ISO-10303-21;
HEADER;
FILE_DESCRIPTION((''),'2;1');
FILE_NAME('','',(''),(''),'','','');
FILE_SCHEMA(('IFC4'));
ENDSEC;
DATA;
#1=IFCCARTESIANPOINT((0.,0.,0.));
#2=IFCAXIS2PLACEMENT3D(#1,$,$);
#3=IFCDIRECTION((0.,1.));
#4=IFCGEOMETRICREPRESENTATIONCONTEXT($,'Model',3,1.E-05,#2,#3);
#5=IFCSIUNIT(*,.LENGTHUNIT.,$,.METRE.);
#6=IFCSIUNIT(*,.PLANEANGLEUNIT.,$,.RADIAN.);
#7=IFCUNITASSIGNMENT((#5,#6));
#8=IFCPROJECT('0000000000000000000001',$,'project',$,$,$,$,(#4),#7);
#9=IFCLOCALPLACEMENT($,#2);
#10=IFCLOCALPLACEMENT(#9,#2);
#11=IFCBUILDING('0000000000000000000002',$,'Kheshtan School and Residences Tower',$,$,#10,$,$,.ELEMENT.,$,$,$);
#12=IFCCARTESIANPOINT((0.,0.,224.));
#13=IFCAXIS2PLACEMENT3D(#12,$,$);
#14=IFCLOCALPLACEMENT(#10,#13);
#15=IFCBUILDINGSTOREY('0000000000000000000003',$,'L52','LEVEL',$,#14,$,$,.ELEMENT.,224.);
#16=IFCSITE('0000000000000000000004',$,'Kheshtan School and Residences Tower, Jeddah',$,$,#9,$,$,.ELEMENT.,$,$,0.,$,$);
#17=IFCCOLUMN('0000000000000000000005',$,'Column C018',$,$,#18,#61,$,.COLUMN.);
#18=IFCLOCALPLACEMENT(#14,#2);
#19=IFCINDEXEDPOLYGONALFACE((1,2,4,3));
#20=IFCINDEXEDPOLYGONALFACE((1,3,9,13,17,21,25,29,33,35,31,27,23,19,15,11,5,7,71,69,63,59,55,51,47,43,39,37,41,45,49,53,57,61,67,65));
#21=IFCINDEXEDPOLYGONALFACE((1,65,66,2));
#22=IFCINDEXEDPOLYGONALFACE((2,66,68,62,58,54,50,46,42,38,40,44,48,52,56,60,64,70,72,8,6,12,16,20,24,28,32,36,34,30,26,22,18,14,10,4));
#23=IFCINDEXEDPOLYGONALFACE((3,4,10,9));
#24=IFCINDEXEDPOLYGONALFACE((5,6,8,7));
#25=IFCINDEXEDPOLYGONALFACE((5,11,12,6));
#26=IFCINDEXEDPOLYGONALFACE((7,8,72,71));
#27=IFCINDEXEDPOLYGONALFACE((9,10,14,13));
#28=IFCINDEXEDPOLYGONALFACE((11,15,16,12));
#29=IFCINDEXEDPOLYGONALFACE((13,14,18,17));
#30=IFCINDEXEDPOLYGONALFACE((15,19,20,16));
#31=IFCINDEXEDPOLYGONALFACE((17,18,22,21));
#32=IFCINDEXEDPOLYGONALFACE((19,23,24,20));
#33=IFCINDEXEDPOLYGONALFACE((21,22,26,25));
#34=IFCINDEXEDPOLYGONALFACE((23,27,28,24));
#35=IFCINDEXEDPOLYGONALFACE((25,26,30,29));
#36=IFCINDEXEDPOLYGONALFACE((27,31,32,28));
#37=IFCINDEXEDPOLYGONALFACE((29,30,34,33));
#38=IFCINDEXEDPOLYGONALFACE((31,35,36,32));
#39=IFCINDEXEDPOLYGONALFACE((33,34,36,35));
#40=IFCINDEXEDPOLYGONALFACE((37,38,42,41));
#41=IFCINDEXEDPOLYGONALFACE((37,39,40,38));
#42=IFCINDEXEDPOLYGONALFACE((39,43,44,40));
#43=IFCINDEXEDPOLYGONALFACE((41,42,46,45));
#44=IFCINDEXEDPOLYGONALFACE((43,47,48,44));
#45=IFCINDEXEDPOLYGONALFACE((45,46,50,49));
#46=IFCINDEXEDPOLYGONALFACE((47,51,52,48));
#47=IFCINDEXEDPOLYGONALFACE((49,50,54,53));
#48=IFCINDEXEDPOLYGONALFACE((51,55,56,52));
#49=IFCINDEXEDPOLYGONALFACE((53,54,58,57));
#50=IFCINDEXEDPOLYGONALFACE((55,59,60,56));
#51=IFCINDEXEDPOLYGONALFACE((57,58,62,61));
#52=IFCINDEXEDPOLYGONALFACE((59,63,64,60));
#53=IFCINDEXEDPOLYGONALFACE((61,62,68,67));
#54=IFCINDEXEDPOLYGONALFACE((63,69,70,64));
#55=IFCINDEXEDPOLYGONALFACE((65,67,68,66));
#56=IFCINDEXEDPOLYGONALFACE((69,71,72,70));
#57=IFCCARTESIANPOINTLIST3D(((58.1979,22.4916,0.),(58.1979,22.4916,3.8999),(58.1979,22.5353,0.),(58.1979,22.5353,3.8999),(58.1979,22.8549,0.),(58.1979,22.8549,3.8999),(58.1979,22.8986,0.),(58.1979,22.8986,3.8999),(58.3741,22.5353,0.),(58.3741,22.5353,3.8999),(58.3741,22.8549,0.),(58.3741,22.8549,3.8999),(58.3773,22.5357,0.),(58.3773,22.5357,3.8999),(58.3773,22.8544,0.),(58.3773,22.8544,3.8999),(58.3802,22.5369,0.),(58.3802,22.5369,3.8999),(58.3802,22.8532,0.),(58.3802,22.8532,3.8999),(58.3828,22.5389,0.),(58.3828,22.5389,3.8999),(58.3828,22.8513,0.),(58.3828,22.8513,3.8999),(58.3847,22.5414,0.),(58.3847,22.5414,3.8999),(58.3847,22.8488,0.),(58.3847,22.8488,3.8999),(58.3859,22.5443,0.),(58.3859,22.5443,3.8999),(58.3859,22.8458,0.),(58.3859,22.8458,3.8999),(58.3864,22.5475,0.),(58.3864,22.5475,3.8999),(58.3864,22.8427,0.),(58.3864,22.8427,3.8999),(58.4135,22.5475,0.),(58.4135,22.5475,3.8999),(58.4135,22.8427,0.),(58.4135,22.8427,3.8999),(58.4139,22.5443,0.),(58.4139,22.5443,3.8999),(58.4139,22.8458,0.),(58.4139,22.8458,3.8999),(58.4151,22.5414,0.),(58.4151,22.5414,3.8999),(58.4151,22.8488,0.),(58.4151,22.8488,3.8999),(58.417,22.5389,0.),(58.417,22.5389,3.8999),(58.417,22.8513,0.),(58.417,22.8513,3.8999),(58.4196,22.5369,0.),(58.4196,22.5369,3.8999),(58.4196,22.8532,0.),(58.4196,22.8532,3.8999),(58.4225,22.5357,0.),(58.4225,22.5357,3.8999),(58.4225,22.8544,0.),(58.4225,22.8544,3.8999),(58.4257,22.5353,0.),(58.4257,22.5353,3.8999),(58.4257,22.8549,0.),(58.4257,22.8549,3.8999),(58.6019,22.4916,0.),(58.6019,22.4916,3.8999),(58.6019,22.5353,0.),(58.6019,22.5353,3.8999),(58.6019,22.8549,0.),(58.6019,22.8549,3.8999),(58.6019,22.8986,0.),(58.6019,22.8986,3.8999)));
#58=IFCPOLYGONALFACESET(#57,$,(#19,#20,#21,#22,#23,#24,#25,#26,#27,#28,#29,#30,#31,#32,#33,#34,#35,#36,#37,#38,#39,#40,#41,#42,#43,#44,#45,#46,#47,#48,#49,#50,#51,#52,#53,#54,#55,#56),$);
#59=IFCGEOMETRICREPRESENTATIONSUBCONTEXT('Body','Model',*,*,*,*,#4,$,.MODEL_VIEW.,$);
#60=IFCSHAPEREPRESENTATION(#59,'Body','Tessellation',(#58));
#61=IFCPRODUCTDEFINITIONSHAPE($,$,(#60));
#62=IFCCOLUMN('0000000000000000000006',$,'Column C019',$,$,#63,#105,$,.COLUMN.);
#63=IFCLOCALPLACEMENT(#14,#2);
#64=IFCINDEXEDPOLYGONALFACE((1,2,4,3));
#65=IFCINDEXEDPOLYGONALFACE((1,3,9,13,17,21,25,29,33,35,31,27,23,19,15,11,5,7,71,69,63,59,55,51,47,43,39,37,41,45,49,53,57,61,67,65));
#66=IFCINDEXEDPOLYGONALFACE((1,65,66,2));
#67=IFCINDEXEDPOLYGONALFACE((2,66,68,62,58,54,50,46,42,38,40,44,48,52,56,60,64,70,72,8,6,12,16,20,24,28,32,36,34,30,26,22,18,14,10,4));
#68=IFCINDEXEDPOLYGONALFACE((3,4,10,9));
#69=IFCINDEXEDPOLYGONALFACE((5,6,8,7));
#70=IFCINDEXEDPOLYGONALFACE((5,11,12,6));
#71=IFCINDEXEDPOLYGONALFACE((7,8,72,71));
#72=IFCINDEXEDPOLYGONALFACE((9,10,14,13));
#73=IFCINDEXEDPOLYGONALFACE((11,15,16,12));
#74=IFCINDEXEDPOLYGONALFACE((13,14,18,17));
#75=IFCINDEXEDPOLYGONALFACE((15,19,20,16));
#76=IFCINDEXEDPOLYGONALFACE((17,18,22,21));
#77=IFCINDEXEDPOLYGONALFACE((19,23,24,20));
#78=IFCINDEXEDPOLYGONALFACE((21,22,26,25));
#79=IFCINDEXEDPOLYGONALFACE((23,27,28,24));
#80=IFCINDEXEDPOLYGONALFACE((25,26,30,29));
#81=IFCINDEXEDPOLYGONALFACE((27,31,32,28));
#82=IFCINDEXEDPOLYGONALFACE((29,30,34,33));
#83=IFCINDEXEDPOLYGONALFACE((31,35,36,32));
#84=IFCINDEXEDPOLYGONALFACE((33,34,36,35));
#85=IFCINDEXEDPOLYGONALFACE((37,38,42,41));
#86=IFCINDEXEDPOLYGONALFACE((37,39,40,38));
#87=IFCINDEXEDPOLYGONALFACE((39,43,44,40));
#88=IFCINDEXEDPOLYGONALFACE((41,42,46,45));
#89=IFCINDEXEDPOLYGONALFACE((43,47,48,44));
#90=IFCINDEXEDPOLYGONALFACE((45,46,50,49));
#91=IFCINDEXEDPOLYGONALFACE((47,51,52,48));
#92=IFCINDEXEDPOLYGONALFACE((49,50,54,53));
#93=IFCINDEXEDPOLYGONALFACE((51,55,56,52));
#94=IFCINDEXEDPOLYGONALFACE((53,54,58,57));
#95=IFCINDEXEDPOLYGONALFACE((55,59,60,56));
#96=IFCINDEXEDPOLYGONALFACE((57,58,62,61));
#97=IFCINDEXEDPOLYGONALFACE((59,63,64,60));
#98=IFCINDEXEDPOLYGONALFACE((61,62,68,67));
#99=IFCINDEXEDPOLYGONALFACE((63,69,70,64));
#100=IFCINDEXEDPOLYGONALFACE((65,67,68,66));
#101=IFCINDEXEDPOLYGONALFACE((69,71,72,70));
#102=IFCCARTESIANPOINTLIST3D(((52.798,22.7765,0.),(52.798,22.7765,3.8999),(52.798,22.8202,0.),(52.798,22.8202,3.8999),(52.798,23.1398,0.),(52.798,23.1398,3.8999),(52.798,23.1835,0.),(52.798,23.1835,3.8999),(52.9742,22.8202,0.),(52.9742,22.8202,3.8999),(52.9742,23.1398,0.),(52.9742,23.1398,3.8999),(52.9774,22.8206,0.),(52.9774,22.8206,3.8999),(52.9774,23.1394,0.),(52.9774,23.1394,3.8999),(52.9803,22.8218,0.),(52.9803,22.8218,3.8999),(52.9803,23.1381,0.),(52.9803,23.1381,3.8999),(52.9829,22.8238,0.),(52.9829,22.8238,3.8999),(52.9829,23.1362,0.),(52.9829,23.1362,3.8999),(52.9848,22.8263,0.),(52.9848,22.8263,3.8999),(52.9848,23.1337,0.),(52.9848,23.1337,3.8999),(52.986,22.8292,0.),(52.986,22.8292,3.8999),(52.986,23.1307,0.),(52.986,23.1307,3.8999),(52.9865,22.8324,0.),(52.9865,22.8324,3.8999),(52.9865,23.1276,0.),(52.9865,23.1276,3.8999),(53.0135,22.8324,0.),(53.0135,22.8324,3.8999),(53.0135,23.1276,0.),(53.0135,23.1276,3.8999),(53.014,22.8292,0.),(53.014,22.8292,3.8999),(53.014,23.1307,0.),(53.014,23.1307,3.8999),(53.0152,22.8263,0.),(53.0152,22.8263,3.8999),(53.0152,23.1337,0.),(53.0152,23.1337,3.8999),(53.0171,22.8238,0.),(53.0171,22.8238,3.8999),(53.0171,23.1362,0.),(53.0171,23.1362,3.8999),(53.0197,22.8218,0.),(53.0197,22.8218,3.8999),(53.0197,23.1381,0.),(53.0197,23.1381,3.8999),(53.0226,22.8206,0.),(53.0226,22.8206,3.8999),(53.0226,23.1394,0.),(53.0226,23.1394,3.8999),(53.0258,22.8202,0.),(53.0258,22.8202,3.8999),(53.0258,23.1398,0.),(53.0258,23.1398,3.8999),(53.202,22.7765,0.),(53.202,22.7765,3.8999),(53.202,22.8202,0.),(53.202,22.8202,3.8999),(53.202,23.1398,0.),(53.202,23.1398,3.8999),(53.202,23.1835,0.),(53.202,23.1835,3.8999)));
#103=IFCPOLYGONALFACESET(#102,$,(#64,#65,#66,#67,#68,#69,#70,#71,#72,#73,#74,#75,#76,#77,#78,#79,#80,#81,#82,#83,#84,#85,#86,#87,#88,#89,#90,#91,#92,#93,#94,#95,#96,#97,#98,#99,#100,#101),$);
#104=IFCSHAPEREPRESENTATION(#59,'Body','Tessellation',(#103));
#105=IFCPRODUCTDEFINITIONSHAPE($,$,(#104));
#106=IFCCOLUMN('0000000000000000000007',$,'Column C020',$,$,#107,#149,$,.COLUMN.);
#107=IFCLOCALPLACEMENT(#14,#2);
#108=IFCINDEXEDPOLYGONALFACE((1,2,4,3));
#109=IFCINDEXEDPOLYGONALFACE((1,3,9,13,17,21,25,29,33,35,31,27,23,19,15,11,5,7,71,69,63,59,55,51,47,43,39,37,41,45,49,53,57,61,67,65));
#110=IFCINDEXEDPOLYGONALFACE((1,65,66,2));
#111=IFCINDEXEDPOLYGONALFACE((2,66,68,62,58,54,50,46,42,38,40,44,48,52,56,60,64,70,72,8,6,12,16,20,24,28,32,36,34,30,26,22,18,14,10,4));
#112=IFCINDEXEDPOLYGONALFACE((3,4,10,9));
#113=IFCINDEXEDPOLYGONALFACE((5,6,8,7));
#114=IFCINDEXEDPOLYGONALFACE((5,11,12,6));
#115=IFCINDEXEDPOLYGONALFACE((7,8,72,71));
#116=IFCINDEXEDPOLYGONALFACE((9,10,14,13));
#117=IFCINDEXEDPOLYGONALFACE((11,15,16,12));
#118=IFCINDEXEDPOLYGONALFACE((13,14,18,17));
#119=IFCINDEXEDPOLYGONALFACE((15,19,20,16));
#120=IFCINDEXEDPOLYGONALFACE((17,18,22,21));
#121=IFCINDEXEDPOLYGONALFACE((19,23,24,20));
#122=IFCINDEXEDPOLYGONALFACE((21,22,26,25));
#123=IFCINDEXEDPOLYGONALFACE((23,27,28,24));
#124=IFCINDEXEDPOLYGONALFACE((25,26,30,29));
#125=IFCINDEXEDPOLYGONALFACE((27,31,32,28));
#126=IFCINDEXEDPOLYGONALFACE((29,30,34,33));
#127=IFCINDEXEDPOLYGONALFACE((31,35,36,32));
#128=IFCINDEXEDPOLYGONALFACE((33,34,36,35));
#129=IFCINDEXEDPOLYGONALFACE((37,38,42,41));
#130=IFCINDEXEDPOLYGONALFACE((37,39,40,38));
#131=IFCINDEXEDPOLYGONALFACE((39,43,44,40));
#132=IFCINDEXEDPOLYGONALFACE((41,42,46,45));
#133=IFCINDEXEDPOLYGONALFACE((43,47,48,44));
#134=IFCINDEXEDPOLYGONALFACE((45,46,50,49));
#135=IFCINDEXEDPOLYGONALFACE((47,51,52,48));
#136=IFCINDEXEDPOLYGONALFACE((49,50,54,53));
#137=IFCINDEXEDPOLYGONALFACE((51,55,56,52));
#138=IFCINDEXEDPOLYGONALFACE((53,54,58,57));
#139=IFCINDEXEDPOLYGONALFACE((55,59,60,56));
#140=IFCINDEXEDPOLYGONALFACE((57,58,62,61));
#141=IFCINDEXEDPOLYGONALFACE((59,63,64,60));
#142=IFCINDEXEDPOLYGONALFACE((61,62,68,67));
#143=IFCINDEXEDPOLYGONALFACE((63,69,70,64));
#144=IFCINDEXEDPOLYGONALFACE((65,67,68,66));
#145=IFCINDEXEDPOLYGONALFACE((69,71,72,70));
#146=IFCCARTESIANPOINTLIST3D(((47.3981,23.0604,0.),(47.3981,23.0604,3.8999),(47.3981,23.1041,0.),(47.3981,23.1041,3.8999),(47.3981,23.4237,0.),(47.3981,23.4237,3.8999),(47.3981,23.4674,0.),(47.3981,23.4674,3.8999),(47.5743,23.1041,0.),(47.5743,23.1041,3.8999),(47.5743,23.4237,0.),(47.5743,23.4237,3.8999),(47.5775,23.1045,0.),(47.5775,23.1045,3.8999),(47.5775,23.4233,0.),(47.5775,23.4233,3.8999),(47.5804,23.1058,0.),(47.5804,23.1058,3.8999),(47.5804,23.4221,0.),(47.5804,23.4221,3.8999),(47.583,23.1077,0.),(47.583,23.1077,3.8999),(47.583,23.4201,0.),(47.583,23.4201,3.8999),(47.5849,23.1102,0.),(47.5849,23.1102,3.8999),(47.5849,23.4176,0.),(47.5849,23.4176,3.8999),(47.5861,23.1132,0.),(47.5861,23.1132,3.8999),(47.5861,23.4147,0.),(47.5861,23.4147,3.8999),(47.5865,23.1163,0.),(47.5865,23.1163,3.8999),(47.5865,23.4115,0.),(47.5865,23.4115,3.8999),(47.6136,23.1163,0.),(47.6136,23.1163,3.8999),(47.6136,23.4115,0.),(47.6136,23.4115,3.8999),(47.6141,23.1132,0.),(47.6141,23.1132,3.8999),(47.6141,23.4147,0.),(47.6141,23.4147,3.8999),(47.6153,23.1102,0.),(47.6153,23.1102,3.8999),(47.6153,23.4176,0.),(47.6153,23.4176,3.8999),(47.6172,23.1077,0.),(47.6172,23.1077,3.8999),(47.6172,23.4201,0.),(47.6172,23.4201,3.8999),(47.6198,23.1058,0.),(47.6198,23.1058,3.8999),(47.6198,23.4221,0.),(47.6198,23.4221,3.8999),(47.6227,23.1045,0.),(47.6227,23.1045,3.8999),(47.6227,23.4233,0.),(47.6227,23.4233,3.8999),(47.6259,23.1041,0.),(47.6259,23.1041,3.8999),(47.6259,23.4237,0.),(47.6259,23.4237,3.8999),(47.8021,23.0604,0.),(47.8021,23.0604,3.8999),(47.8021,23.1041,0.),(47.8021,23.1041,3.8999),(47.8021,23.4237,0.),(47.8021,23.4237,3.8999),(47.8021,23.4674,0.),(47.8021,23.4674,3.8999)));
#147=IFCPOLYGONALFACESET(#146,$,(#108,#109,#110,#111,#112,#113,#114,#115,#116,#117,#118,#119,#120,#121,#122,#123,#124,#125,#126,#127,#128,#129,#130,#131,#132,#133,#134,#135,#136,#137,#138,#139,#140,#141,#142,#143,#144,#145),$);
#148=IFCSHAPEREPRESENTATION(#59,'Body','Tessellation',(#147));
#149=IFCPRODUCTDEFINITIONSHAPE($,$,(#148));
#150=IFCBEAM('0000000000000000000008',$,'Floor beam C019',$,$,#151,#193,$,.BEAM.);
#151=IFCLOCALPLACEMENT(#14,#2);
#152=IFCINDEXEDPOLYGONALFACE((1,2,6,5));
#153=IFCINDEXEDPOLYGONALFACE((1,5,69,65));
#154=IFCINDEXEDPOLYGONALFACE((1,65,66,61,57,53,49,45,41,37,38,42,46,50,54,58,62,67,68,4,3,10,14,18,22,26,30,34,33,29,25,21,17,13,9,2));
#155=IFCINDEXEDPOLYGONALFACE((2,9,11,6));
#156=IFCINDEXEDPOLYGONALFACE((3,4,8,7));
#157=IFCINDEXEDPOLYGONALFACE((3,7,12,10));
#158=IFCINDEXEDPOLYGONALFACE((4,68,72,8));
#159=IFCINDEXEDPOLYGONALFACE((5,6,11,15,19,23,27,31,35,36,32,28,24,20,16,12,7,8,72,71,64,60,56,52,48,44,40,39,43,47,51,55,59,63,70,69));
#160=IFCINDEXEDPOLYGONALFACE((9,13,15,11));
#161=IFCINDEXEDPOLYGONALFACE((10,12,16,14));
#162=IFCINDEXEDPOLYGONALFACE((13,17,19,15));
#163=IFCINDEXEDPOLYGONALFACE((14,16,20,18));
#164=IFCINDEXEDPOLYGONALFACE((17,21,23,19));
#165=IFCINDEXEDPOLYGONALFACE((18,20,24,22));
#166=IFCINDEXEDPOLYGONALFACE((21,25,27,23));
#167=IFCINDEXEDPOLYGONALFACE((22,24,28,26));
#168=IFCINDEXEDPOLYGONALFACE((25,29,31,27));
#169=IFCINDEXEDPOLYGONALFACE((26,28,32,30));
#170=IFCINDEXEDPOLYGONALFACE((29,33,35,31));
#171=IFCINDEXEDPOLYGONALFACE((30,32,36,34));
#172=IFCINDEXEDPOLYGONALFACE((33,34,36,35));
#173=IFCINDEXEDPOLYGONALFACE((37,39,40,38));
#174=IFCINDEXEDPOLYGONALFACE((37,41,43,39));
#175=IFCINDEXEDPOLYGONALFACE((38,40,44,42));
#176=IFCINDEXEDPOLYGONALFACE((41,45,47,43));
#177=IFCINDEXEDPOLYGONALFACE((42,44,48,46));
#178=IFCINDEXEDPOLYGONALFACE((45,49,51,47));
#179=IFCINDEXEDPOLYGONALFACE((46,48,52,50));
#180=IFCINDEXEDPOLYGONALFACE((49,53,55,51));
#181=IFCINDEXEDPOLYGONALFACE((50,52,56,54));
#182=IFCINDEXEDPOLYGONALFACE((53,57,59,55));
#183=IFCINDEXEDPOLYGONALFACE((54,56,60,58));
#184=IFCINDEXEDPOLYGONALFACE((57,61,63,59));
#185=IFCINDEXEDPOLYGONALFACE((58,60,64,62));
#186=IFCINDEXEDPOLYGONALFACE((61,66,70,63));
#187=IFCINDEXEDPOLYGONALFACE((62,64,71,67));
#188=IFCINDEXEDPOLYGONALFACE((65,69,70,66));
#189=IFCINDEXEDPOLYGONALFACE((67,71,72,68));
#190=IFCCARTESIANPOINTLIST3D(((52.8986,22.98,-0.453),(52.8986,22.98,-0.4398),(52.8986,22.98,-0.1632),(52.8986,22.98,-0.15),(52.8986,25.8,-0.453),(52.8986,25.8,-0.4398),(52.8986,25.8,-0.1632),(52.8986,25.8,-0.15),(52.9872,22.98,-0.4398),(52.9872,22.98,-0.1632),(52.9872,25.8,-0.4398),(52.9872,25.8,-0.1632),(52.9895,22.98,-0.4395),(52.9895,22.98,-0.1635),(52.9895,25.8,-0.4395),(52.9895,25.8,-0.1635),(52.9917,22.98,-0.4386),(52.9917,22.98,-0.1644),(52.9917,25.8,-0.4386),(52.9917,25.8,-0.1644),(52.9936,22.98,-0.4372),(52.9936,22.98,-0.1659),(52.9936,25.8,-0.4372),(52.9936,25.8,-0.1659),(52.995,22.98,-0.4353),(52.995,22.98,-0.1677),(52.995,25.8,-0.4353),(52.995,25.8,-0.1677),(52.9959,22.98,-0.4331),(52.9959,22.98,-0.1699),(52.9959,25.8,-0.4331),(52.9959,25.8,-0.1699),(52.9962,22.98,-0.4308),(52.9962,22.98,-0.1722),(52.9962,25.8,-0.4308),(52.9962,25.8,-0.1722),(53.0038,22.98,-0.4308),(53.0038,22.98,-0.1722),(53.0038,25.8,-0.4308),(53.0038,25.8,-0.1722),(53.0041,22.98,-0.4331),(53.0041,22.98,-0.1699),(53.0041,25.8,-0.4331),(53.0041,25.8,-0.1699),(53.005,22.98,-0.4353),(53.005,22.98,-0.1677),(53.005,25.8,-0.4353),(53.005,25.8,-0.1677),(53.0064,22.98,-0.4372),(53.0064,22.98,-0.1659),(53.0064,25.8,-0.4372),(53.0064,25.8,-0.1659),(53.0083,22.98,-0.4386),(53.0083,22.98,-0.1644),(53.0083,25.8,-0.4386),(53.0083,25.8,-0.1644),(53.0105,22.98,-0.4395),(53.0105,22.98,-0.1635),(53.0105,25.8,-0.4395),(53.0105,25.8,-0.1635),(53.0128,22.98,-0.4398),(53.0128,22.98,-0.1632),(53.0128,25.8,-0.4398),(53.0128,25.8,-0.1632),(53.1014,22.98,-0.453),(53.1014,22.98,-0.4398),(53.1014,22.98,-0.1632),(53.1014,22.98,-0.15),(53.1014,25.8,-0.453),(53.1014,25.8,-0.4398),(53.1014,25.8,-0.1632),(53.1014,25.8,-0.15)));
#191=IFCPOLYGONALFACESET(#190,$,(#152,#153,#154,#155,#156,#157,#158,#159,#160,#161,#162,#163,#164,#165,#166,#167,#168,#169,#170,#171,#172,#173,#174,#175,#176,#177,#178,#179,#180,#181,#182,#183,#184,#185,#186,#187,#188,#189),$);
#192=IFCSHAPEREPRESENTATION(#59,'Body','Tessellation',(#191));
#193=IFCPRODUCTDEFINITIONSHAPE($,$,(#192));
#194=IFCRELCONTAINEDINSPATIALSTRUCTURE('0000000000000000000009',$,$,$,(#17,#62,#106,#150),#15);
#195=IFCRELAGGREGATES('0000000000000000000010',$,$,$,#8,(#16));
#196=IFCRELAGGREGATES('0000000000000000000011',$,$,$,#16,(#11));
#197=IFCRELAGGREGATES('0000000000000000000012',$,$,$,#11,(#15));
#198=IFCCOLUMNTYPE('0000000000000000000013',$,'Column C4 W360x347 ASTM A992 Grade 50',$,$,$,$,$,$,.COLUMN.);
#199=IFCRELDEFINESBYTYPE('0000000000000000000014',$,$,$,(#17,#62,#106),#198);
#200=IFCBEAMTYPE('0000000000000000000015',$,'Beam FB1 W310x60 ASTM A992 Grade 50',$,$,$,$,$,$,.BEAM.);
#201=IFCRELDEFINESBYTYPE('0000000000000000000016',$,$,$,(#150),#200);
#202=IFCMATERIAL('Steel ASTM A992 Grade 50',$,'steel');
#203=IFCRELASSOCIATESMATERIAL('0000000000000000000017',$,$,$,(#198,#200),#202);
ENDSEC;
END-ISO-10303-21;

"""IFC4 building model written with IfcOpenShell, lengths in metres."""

from ifc_helpers import new_model, si_unit, direction, frame, origin, origin_2d, place, context, subcontext, project, spatial, i_section, extrude, material, material_profile, profile_set, type_object, element, save


model = new_model("IFC4")

# Units and contexts
model_context = context("Model", 3, precision=1e-05, world=origin(), true_north=direction((0.0, 1.0)))
body_context = subcontext(model_context, "Body", "Model", "MODEL_VIEW")
ifc_project = project(units=[si_unit("LENGTHUNIT", "METRE"), si_unit("PLANEANGLEUNIT", "RADIAN")], contexts=[model_context])

# Site, building, storey
site_placement = place(None, origin())
site = spatial("IfcSite", under=ifc_project, at=site_placement, Name="Kheshtan School and Residences Tower, Jeddah", CompositionType="ELEMENT", RefElevation=0.0)
building_placement = place(site_placement, origin())
building = spatial("IfcBuilding", under=site, at=building_placement, Name="Kheshtan School and Residences Tower", CompositionType="ELEMENT")
storey_placement = place(building_placement, frame((0.0, 0.0, 224.0)))
storey = spatial("IfcBuildingStorey", under=building, at=storey_placement, Name="L52", Description="LEVEL", CompositionType="ELEMENT", Elevation=224.0)

# Columns
ifc_material_1 = material(Name="Steel ASTM A992 Grade 50", Category="steel")
ifc_material_profile_1 = material_profile(ifc_material_1, i_section(OverallWidth=0.4041, OverallDepth=0.407, WebThickness=0.0271, FlangeThickness=0.0437, FilletRadius=0.0122, at=origin_2d()), Name="W360x347")
ifc_profile_set_1 = profile_set([ifc_material_profile_1], Name="Steel ASTM A992 Grade 50")
column_type = type_object("IfcColumnType", Name="Column C4 W360x347 ASTM A992 Grade 50", PredefinedType="COLUMN", material=ifc_profile_set_1)
for number, where, z_axis, x_axis, name in (
    (1, (58.3999, 22.6951, 0.0), (0.0, 0.0, 1.0), (1.0, 0.0, 0.0), "Column C018"),
    (2, (53.0, 22.98, 0.0), (0.0, 0.0, 1.0), (1.0, 0.0, 0.0), "Column C019"),
    (3, (47.6001, 23.2639, 0.0), (0.0, 0.0, 1.0), (1.0, 0.0, 0.0), "Column C020"),
):
    element("IfcColumn", number, at=place(storey_placement, frame(where, z_axis=z_axis, x_axis=x_axis)), inside=storey, type_object=column_type, Name=name, PredefinedType="COLUMN", context=body_context, shape_type="SweptSolid", body=[
        extrude(i_section(OverallWidth=0.4041, OverallDepth=0.407, WebThickness=0.0271, FlangeThickness=0.0437, FilletRadius=0.0122, at=origin_2d()), origin(), (0.0, 0.0, 1.0), 3.8999),
    ])

# Beam
ifc_material_profile_2 = material_profile(ifc_material_1, i_section(OverallWidth=0.2029, OverallDepth=0.303, WebThickness=0.0076, FlangeThickness=0.0132, FilletRadius=0.009, at=origin_2d()), Name="W310x60")
ifc_profile_set_2 = profile_set([ifc_material_profile_2], Name="Steel ASTM A992 Grade 50")
beam_type_1 = type_object("IfcBeamType", Name="Beam FB1 W310x60 ASTM A992 Grade 50", PredefinedType="BEAM", material=ifc_profile_set_2)
beam_1_placement = place(storey_placement, frame((53.0, 22.98, -0.3015), z_axis=(0.0, 1.0, 0.0), x_axis=(-1.0, 0.0, 0.0)))
element("IfcBeam", 4, at=beam_1_placement, inside=storey, type_object=beam_type_1, Name="Floor beam C019", PredefinedType="BEAM", context=body_context, shape_type="SweptSolid", body=[
    extrude(i_section(OverallWidth=0.2029, OverallDepth=0.303, WebThickness=0.0076, FlangeThickness=0.0132, FilletRadius=0.009, at=origin_2d()), origin(), (0.0, 0.0, 1.0), 2.8201),
])

save(model, "model.ifc")
